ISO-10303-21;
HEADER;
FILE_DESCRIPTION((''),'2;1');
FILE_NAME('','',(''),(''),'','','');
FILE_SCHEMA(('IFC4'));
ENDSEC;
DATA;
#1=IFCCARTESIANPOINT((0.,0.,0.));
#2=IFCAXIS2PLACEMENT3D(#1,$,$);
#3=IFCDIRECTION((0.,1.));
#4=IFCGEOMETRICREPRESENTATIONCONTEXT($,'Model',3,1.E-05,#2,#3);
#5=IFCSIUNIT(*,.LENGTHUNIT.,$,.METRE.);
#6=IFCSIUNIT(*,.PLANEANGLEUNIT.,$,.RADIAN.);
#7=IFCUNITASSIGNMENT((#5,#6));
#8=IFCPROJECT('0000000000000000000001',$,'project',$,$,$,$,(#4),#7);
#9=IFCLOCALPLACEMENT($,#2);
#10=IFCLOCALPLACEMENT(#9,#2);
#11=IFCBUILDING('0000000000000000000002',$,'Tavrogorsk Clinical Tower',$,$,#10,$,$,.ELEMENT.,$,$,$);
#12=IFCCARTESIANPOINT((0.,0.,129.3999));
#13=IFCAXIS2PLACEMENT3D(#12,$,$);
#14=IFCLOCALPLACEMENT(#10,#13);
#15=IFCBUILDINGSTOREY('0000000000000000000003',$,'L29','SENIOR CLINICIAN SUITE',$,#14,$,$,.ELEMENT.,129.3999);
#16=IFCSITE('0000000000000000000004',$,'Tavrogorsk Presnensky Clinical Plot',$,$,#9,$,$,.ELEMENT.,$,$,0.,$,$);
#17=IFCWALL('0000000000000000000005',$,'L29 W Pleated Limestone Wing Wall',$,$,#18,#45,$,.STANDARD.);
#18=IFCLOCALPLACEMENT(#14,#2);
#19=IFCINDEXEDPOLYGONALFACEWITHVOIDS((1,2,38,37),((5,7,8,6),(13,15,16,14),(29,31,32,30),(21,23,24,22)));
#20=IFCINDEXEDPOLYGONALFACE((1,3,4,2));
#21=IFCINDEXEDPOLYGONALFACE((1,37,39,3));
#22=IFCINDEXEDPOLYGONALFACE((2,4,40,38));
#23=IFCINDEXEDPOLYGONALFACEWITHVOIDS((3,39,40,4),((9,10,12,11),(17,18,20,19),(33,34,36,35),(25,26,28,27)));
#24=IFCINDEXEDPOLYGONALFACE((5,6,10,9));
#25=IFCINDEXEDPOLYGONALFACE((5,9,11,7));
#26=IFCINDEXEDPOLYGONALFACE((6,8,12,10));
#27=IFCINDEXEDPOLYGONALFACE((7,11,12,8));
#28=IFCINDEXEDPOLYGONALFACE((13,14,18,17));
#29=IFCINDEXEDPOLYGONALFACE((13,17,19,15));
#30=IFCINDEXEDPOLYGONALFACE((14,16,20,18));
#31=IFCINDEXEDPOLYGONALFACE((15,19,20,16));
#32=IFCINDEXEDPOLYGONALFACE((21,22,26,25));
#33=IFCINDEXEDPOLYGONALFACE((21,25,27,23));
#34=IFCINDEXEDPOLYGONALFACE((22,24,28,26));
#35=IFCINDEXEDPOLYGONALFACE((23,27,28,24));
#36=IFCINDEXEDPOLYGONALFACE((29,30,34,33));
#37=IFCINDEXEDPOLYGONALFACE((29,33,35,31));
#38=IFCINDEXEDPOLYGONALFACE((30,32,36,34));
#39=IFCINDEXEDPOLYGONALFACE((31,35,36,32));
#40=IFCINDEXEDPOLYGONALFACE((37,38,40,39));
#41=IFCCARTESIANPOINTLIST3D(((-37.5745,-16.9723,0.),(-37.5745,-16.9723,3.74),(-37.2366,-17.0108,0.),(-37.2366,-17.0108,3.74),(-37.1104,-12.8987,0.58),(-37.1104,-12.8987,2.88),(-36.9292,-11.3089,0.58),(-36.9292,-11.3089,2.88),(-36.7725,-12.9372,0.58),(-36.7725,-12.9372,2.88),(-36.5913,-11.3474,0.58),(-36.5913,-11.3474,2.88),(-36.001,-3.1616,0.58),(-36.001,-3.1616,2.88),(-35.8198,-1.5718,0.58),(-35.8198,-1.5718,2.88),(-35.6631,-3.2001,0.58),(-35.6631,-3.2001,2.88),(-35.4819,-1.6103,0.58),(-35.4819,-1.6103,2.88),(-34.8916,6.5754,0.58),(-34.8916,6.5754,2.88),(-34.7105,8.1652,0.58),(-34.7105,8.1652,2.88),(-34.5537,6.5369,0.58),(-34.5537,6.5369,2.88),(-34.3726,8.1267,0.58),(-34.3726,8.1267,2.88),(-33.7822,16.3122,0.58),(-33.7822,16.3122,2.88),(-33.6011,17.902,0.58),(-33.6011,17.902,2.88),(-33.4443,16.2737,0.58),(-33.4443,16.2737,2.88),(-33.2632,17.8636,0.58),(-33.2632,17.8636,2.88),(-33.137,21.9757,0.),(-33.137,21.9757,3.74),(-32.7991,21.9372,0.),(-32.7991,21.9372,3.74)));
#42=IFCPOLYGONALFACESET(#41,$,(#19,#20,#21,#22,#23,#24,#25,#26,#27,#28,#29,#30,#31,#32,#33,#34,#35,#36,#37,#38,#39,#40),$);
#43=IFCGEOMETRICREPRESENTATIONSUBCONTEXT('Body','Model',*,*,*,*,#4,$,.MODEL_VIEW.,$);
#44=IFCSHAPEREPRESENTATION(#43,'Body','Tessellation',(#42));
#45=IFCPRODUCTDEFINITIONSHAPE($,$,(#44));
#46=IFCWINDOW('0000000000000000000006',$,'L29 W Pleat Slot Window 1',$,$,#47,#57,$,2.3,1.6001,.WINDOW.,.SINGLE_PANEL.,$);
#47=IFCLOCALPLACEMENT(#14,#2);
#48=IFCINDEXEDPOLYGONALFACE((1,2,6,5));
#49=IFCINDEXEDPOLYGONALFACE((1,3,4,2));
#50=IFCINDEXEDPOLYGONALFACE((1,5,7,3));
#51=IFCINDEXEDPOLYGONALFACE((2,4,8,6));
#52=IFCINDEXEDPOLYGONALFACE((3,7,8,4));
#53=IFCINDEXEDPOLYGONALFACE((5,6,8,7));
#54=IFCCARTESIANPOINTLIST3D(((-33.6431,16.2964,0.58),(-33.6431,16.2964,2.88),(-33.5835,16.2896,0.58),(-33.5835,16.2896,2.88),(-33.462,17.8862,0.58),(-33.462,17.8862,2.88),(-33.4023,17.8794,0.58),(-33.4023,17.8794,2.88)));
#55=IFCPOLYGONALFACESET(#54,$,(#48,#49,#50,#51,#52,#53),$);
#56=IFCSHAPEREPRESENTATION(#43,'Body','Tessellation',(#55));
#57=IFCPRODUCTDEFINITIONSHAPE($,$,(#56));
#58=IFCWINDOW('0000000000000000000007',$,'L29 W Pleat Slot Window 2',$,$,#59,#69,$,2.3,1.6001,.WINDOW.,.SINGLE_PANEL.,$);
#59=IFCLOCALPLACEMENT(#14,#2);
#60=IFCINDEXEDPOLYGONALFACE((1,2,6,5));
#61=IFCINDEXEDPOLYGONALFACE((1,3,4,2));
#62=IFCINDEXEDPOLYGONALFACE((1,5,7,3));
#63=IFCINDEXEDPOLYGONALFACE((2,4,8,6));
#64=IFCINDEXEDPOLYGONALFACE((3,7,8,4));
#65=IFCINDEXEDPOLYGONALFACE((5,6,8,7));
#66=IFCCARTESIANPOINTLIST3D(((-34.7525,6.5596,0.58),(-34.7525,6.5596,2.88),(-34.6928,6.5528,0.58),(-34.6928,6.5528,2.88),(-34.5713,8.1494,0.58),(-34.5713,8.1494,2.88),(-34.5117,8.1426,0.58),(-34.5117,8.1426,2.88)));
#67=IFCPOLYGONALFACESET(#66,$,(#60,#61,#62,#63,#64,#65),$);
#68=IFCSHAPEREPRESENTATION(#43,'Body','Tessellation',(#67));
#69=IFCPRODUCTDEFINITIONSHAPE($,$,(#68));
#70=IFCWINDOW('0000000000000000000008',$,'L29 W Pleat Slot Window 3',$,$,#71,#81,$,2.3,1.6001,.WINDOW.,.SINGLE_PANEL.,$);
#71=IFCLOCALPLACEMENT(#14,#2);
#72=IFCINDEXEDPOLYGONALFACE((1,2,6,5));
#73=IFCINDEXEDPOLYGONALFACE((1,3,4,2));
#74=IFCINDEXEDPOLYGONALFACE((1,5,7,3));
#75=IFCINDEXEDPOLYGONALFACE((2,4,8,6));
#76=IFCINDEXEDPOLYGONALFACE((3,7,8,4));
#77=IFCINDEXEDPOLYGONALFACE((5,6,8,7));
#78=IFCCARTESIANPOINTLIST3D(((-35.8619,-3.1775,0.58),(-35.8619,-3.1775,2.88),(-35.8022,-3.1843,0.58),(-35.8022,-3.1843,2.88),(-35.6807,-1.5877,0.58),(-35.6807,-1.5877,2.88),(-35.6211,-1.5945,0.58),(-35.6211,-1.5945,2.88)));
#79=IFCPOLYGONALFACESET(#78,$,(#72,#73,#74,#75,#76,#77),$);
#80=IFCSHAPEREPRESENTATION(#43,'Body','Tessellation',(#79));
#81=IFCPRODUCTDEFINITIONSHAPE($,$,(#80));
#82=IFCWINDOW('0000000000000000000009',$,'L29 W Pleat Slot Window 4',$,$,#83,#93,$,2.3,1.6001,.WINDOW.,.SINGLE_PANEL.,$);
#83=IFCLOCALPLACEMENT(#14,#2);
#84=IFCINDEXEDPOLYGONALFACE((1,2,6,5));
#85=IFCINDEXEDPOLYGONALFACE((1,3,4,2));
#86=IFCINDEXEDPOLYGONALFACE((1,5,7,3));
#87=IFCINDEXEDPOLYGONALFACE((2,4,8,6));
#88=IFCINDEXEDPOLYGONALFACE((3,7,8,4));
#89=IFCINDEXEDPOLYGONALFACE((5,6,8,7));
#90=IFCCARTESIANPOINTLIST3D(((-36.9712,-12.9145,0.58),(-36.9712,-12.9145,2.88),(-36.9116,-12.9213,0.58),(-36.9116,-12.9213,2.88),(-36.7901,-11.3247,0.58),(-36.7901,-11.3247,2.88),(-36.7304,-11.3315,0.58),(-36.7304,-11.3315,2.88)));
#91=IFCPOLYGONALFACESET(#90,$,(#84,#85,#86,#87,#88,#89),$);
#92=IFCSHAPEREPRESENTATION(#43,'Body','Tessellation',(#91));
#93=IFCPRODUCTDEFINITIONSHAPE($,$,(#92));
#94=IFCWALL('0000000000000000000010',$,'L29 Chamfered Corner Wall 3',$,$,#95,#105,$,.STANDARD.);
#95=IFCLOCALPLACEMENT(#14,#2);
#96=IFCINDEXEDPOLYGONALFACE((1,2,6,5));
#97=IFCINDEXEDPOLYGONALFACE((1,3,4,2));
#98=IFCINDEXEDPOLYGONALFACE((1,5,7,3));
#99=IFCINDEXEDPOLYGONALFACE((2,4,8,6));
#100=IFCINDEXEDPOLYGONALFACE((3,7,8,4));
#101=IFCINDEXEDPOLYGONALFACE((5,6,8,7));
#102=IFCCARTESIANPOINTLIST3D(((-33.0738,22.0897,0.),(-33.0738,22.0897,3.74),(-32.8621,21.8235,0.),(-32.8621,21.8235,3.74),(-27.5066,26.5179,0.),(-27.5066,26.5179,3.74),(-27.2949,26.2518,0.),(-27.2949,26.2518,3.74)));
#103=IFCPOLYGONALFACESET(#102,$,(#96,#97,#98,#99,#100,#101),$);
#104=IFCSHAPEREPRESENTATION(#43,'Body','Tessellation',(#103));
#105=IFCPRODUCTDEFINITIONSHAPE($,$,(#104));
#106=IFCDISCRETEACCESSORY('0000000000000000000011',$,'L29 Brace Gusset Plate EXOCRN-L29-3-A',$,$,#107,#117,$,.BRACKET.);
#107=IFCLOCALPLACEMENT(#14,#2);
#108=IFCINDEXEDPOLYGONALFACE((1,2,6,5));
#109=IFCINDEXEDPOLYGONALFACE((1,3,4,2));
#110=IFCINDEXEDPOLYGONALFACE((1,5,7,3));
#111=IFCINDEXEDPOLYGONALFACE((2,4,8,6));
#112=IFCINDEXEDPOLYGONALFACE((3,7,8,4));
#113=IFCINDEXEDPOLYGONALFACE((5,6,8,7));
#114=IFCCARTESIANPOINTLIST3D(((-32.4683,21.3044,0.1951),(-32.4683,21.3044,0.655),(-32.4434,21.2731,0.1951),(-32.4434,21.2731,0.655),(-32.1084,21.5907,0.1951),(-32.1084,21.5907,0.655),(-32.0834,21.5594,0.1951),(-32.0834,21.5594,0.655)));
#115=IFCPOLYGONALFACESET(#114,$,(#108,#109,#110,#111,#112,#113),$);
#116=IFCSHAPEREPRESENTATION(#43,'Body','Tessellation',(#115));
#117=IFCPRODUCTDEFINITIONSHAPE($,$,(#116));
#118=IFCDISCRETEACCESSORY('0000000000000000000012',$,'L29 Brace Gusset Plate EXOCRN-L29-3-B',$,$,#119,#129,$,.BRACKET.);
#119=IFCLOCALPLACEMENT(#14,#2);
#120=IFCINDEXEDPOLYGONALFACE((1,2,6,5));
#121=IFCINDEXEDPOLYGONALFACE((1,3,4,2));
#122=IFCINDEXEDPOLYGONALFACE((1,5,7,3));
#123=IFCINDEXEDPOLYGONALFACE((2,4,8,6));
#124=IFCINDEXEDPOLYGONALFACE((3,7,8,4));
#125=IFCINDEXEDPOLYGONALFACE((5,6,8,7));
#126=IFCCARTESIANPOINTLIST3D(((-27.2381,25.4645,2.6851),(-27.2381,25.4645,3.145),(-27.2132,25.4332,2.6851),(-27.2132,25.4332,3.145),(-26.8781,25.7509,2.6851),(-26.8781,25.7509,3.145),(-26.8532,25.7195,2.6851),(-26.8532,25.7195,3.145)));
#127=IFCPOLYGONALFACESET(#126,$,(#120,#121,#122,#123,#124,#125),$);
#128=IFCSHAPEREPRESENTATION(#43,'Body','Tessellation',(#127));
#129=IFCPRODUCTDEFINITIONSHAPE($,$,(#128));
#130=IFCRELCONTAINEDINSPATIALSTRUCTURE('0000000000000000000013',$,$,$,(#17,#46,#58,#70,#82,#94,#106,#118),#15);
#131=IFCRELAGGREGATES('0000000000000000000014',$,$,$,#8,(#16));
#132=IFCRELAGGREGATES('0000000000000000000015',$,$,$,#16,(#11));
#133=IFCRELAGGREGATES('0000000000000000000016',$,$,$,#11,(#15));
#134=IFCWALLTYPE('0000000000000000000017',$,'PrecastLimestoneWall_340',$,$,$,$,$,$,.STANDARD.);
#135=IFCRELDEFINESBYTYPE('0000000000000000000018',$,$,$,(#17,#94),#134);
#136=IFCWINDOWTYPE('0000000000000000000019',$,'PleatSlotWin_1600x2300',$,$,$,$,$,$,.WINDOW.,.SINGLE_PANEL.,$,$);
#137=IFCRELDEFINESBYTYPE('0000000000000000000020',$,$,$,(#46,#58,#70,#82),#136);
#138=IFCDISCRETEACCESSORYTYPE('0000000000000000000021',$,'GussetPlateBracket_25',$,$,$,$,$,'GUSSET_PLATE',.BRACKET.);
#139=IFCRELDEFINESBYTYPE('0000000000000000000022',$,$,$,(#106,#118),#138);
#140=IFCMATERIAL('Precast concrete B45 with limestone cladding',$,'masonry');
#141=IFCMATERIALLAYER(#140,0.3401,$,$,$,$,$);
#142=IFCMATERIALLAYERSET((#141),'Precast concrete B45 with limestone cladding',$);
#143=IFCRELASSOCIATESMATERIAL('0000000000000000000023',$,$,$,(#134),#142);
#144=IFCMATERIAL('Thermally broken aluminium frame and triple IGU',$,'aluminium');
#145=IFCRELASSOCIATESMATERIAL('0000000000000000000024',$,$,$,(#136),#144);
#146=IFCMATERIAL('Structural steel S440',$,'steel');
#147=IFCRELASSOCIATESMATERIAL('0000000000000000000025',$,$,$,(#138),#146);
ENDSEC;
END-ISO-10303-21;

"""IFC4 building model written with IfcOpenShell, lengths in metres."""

from ifc_helpers import new_model, si_unit, direction, frame, frame_2d, origin, origin_2d, place, context, subcontext, project, spatial, rectangle, extrude, material, layer, layer_set, type_object, element, fill, save


model = new_model("IFC4")

# Units and contexts
model_context = context("Model", 3, precision=1e-05, world=origin(), true_north=direction((0.0, 1.0)))
body_context = subcontext(model_context, "Body", "Model", "MODEL_VIEW")
ifc_project = project(units=[si_unit("LENGTHUNIT", "METRE"), si_unit("PLANEANGLEUNIT", "RADIAN")], contexts=[model_context])

# Site, building, storey
site_placement = place(None, origin())
site = spatial("IfcSite", under=ifc_project, at=site_placement, Name="Tavrogorsk Presnensky Clinical Plot", CompositionType="ELEMENT", RefElevation=0.0)
building_placement = place(site_placement, origin())
building = spatial("IfcBuilding", under=site, at=building_placement, Name="Tavrogorsk Clinical Tower", CompositionType="ELEMENT")
storey_placement = place(building_placement, frame((0.0, 0.0, 129.3999)))
storey = spatial("IfcBuildingStorey", under=building, at=storey_placement, Name="L29", Description="SENIOR CLINICIAN SUITE", CompositionType="ELEMENT", Elevation=129.3999)

# Wall, openings, windows
ifc_material_1 = material(Name="Precast concrete B45 with limestone cladding", Category="masonry")
ifc_layer_1 = layer(ifc_material_1, 0.3401)
ifc_layer_set_1 = layer_set([ifc_layer_1], Name="Precast concrete B45 with limestone cladding")
wall_type_1 = type_object("IfcWallType", Name="PrecastLimestoneWall_340", PredefinedType="STANDARD", material=ifc_layer_set_1)
wall_1_placement = place(storey_placement, frame((-32.968, 21.9565, 0.0), z_axis=(0.0, 0.0, 1.0), x_axis=(-0.113202, -0.993572, 0.0)))
wall_1 = element("IfcWall", 1, at=wall_1_placement, inside=storey, type_object=wall_type_1, Name="L29 W Pleated Limestone Wing Wall", PredefinedType="STANDARD", context=body_context, shape_type="SweptSolid", body=[
    extrude(rectangle(XDim=39.2, YDim=0.3401, at=frame_2d((19.6001, 0.0))), origin(), (0.0, 0.0, 1.0), 3.74),
])
opening_1_placement = place(wall_1_placement, frame((4.1001, 0.0, 0.5801)))
opening_1 = element("IfcOpeningElement", 2, at=opening_1_placement, cuts=wall_1, PredefinedType="OPENING", context=body_context, shape_type="SweptSolid", body=[
    extrude(rectangle(XDim=1.6001, YDim=2.3, at=frame_2d((0.8, 1.1499))), frame((0.0, 0.1799, 0.0), z_axis=(0.0, -1.0, 0.0), x_axis=(1.0, 0.0, 0.0)), (0.0, 0.0, 1.0), 0.3601),
])
opening_2_placement = place(wall_1_placement, frame((13.8999, 0.0, 0.5801)))
opening_2 = element("IfcOpeningElement", 3, at=opening_2_placement, cuts=wall_1, PredefinedType="OPENING", context=body_context, shape_type="SweptSolid", body=[
    extrude(rectangle(XDim=1.6001, YDim=2.3, at=frame_2d((0.8, 1.1499))), frame((0.0, 0.1799, 0.0), z_axis=(0.0, -1.0, 0.0), x_axis=(1.0, 0.0, 0.0)), (0.0, 0.0, 1.0), 0.3601),
])
opening_3_placement = place(wall_1_placement, frame((23.7, 0.0, 0.5801)))
opening_3 = element("IfcOpeningElement", 4, at=opening_3_placement, cuts=wall_1, PredefinedType="OPENING", context=body_context, shape_type="SweptSolid", body=[
    extrude(rectangle(XDim=1.6001, YDim=2.3, at=frame_2d((0.8, 1.1499))), frame((0.0, 0.1799, 0.0), z_axis=(0.0, -1.0, 0.0), x_axis=(1.0, 0.0, 0.0)), (0.0, 0.0, 1.0), 0.3601),
])
opening_4_placement = place(wall_1_placement, frame((33.5, 0.0, 0.5801)))
opening_4 = element("IfcOpeningElement", 5, at=opening_4_placement, cuts=wall_1, PredefinedType="OPENING", context=body_context, shape_type="SweptSolid", body=[
    extrude(rectangle(XDim=1.6001, YDim=2.3, at=frame_2d((0.8, 1.1499))), frame((0.0, 0.1799, 0.0), z_axis=(0.0, -1.0, 0.0), x_axis=(1.0, 0.0, 0.0)), (0.0, 0.0, 1.0), 0.3601),
])
ifc_material_2 = material(Name="Thermally broken aluminium frame and triple IGU", Category="aluminium")
window_type = type_object("IfcWindowType", Name="PleatSlotWin_1600x2300", PartitioningType="SINGLE_PANEL", PredefinedType="WINDOW", material=ifc_material_2)
window_1_placement = place(opening_1_placement, origin())
window_1 = element("IfcWindow", 6, at=window_1_placement, inside=storey, type_object=window_type, Name="L29 W Pleat Slot Window 1", OverallHeight=2.3, OverallWidth=1.6001, PartitioningType="SINGLE_PANEL", PredefinedType="WINDOW", context=body_context, shape_type="SweptSolid", body=[
    extrude(rectangle(XDim=1.6001, YDim=2.3, at=frame_2d((0.8, 1.1499))), frame((0.0, 0.03, 0.0), z_axis=(0.0, -1.0, 0.0), x_axis=(1.0, 0.0, 0.0)), (0.0, 0.0, 1.0), 0.0601),
])
fill(opening_1, window_1)
window_2_placement = place(opening_2_placement, origin())
window_2 = element("IfcWindow", 7, at=window_2_placement, inside=storey, type_object=window_type, Name="L29 W Pleat Slot Window 2", OverallHeight=2.3, OverallWidth=1.6001, PartitioningType="SINGLE_PANEL", PredefinedType="WINDOW", context=body_context, shape_type="SweptSolid", body=[
    extrude(rectangle(XDim=1.6001, YDim=2.3, at=frame_2d((0.8, 1.1499))), frame((0.0, 0.03, 0.0), z_axis=(0.0, -1.0, 0.0), x_axis=(1.0, 0.0, 0.0)), (0.0, 0.0, 1.0), 0.0601),
])
fill(opening_2, window_2)
window_3_placement = place(opening_3_placement, origin())
window_3 = element("IfcWindow", 8, at=window_3_placement, inside=storey, type_object=window_type, Name="L29 W Pleat Slot Window 3", OverallHeight=2.3, OverallWidth=1.6001, PartitioningType="SINGLE_PANEL", PredefinedType="WINDOW", context=body_context, shape_type="SweptSolid", body=[
    extrude(rectangle(XDim=1.6001, YDim=2.3, at=frame_2d((0.8, 1.1499))), frame((0.0, 0.03, 0.0), z_axis=(0.0, -1.0, 0.0), x_axis=(1.0, 0.0, 0.0)), (0.0, 0.0, 1.0), 0.0601),
])
fill(opening_3, window_3)
window_4_placement = place(opening_4_placement, origin())
window_4 = element("IfcWindow", 9, at=window_4_placement, inside=storey, type_object=window_type, Name="L29 W Pleat Slot Window 4", OverallHeight=2.3, OverallWidth=1.6001, PartitioningType="SINGLE_PANEL", PredefinedType="WINDOW", context=body_context, shape_type="SweptSolid", body=[
    extrude(rectangle(XDim=1.6001, YDim=2.3, at=frame_2d((0.8, 1.1499))), frame((0.0, 0.03, 0.0), z_axis=(0.0, -1.0, 0.0), x_axis=(1.0, 0.0, 0.0)), (0.0, 0.0, 1.0), 0.0601),
])
fill(opening_4, window_4)

# Wall
wall_2_placement = place(storey_placement, frame((-27.4009, 26.3848, 0.0), z_axis=(0.0, 0.0, 1.0), x_axis=(-0.782614, -0.622508, 0.0)))
element("IfcWall", 10, at=wall_2_placement, inside=storey, type_object=wall_type_1, Name="L29 Chamfered Corner Wall 3", PredefinedType="STANDARD", context=body_context, shape_type="SweptSolid", body=[
    extrude(rectangle(XDim=7.1135, YDim=0.3401, at=frame_2d((3.5566, 0.0))), origin(), (0.0, 0.0, 1.0), 3.74),
])

# Discrete accessories
ifc_material_3 = material(Name="Structural steel S440", Category="steel")
discrete_accessory_type = type_object("IfcDiscreteAccessoryType", Name="GussetPlateBracket_25", ElementType="GUSSET_PLATE", PredefinedType="BRACKET", material=ifc_material_3)
for number, where, z_axis, x_axis, name in (
    (11, (-32.2759, 21.4319, 0.1951), (0.0, 0.0, 1.0), (0.782608, 0.622515, 0.0), "L29 Brace Gusset Plate EXOCRN-L29-3-A"),
    (12, (-27.0457, 25.592, 2.6851), (0.0, 0.0, 1.0), (0.782608, 0.622515, 0.0), "L29 Brace Gusset Plate EXOCRN-L29-3-B"),
):
    element("IfcDiscreteAccessory", number, at=place(storey_placement, frame(where, z_axis=z_axis, x_axis=x_axis)), inside=storey, type_object=discrete_accessory_type, Name=name, PredefinedType="BRACKET", context=body_context, shape_type="SweptSolid", body=[
        extrude(rectangle(XDim=0.46, YDim=0.04, at=origin_2d()), origin(), (0.0, 0.0, 1.0), 0.46),
    ])

save(model, "model.ifc")
